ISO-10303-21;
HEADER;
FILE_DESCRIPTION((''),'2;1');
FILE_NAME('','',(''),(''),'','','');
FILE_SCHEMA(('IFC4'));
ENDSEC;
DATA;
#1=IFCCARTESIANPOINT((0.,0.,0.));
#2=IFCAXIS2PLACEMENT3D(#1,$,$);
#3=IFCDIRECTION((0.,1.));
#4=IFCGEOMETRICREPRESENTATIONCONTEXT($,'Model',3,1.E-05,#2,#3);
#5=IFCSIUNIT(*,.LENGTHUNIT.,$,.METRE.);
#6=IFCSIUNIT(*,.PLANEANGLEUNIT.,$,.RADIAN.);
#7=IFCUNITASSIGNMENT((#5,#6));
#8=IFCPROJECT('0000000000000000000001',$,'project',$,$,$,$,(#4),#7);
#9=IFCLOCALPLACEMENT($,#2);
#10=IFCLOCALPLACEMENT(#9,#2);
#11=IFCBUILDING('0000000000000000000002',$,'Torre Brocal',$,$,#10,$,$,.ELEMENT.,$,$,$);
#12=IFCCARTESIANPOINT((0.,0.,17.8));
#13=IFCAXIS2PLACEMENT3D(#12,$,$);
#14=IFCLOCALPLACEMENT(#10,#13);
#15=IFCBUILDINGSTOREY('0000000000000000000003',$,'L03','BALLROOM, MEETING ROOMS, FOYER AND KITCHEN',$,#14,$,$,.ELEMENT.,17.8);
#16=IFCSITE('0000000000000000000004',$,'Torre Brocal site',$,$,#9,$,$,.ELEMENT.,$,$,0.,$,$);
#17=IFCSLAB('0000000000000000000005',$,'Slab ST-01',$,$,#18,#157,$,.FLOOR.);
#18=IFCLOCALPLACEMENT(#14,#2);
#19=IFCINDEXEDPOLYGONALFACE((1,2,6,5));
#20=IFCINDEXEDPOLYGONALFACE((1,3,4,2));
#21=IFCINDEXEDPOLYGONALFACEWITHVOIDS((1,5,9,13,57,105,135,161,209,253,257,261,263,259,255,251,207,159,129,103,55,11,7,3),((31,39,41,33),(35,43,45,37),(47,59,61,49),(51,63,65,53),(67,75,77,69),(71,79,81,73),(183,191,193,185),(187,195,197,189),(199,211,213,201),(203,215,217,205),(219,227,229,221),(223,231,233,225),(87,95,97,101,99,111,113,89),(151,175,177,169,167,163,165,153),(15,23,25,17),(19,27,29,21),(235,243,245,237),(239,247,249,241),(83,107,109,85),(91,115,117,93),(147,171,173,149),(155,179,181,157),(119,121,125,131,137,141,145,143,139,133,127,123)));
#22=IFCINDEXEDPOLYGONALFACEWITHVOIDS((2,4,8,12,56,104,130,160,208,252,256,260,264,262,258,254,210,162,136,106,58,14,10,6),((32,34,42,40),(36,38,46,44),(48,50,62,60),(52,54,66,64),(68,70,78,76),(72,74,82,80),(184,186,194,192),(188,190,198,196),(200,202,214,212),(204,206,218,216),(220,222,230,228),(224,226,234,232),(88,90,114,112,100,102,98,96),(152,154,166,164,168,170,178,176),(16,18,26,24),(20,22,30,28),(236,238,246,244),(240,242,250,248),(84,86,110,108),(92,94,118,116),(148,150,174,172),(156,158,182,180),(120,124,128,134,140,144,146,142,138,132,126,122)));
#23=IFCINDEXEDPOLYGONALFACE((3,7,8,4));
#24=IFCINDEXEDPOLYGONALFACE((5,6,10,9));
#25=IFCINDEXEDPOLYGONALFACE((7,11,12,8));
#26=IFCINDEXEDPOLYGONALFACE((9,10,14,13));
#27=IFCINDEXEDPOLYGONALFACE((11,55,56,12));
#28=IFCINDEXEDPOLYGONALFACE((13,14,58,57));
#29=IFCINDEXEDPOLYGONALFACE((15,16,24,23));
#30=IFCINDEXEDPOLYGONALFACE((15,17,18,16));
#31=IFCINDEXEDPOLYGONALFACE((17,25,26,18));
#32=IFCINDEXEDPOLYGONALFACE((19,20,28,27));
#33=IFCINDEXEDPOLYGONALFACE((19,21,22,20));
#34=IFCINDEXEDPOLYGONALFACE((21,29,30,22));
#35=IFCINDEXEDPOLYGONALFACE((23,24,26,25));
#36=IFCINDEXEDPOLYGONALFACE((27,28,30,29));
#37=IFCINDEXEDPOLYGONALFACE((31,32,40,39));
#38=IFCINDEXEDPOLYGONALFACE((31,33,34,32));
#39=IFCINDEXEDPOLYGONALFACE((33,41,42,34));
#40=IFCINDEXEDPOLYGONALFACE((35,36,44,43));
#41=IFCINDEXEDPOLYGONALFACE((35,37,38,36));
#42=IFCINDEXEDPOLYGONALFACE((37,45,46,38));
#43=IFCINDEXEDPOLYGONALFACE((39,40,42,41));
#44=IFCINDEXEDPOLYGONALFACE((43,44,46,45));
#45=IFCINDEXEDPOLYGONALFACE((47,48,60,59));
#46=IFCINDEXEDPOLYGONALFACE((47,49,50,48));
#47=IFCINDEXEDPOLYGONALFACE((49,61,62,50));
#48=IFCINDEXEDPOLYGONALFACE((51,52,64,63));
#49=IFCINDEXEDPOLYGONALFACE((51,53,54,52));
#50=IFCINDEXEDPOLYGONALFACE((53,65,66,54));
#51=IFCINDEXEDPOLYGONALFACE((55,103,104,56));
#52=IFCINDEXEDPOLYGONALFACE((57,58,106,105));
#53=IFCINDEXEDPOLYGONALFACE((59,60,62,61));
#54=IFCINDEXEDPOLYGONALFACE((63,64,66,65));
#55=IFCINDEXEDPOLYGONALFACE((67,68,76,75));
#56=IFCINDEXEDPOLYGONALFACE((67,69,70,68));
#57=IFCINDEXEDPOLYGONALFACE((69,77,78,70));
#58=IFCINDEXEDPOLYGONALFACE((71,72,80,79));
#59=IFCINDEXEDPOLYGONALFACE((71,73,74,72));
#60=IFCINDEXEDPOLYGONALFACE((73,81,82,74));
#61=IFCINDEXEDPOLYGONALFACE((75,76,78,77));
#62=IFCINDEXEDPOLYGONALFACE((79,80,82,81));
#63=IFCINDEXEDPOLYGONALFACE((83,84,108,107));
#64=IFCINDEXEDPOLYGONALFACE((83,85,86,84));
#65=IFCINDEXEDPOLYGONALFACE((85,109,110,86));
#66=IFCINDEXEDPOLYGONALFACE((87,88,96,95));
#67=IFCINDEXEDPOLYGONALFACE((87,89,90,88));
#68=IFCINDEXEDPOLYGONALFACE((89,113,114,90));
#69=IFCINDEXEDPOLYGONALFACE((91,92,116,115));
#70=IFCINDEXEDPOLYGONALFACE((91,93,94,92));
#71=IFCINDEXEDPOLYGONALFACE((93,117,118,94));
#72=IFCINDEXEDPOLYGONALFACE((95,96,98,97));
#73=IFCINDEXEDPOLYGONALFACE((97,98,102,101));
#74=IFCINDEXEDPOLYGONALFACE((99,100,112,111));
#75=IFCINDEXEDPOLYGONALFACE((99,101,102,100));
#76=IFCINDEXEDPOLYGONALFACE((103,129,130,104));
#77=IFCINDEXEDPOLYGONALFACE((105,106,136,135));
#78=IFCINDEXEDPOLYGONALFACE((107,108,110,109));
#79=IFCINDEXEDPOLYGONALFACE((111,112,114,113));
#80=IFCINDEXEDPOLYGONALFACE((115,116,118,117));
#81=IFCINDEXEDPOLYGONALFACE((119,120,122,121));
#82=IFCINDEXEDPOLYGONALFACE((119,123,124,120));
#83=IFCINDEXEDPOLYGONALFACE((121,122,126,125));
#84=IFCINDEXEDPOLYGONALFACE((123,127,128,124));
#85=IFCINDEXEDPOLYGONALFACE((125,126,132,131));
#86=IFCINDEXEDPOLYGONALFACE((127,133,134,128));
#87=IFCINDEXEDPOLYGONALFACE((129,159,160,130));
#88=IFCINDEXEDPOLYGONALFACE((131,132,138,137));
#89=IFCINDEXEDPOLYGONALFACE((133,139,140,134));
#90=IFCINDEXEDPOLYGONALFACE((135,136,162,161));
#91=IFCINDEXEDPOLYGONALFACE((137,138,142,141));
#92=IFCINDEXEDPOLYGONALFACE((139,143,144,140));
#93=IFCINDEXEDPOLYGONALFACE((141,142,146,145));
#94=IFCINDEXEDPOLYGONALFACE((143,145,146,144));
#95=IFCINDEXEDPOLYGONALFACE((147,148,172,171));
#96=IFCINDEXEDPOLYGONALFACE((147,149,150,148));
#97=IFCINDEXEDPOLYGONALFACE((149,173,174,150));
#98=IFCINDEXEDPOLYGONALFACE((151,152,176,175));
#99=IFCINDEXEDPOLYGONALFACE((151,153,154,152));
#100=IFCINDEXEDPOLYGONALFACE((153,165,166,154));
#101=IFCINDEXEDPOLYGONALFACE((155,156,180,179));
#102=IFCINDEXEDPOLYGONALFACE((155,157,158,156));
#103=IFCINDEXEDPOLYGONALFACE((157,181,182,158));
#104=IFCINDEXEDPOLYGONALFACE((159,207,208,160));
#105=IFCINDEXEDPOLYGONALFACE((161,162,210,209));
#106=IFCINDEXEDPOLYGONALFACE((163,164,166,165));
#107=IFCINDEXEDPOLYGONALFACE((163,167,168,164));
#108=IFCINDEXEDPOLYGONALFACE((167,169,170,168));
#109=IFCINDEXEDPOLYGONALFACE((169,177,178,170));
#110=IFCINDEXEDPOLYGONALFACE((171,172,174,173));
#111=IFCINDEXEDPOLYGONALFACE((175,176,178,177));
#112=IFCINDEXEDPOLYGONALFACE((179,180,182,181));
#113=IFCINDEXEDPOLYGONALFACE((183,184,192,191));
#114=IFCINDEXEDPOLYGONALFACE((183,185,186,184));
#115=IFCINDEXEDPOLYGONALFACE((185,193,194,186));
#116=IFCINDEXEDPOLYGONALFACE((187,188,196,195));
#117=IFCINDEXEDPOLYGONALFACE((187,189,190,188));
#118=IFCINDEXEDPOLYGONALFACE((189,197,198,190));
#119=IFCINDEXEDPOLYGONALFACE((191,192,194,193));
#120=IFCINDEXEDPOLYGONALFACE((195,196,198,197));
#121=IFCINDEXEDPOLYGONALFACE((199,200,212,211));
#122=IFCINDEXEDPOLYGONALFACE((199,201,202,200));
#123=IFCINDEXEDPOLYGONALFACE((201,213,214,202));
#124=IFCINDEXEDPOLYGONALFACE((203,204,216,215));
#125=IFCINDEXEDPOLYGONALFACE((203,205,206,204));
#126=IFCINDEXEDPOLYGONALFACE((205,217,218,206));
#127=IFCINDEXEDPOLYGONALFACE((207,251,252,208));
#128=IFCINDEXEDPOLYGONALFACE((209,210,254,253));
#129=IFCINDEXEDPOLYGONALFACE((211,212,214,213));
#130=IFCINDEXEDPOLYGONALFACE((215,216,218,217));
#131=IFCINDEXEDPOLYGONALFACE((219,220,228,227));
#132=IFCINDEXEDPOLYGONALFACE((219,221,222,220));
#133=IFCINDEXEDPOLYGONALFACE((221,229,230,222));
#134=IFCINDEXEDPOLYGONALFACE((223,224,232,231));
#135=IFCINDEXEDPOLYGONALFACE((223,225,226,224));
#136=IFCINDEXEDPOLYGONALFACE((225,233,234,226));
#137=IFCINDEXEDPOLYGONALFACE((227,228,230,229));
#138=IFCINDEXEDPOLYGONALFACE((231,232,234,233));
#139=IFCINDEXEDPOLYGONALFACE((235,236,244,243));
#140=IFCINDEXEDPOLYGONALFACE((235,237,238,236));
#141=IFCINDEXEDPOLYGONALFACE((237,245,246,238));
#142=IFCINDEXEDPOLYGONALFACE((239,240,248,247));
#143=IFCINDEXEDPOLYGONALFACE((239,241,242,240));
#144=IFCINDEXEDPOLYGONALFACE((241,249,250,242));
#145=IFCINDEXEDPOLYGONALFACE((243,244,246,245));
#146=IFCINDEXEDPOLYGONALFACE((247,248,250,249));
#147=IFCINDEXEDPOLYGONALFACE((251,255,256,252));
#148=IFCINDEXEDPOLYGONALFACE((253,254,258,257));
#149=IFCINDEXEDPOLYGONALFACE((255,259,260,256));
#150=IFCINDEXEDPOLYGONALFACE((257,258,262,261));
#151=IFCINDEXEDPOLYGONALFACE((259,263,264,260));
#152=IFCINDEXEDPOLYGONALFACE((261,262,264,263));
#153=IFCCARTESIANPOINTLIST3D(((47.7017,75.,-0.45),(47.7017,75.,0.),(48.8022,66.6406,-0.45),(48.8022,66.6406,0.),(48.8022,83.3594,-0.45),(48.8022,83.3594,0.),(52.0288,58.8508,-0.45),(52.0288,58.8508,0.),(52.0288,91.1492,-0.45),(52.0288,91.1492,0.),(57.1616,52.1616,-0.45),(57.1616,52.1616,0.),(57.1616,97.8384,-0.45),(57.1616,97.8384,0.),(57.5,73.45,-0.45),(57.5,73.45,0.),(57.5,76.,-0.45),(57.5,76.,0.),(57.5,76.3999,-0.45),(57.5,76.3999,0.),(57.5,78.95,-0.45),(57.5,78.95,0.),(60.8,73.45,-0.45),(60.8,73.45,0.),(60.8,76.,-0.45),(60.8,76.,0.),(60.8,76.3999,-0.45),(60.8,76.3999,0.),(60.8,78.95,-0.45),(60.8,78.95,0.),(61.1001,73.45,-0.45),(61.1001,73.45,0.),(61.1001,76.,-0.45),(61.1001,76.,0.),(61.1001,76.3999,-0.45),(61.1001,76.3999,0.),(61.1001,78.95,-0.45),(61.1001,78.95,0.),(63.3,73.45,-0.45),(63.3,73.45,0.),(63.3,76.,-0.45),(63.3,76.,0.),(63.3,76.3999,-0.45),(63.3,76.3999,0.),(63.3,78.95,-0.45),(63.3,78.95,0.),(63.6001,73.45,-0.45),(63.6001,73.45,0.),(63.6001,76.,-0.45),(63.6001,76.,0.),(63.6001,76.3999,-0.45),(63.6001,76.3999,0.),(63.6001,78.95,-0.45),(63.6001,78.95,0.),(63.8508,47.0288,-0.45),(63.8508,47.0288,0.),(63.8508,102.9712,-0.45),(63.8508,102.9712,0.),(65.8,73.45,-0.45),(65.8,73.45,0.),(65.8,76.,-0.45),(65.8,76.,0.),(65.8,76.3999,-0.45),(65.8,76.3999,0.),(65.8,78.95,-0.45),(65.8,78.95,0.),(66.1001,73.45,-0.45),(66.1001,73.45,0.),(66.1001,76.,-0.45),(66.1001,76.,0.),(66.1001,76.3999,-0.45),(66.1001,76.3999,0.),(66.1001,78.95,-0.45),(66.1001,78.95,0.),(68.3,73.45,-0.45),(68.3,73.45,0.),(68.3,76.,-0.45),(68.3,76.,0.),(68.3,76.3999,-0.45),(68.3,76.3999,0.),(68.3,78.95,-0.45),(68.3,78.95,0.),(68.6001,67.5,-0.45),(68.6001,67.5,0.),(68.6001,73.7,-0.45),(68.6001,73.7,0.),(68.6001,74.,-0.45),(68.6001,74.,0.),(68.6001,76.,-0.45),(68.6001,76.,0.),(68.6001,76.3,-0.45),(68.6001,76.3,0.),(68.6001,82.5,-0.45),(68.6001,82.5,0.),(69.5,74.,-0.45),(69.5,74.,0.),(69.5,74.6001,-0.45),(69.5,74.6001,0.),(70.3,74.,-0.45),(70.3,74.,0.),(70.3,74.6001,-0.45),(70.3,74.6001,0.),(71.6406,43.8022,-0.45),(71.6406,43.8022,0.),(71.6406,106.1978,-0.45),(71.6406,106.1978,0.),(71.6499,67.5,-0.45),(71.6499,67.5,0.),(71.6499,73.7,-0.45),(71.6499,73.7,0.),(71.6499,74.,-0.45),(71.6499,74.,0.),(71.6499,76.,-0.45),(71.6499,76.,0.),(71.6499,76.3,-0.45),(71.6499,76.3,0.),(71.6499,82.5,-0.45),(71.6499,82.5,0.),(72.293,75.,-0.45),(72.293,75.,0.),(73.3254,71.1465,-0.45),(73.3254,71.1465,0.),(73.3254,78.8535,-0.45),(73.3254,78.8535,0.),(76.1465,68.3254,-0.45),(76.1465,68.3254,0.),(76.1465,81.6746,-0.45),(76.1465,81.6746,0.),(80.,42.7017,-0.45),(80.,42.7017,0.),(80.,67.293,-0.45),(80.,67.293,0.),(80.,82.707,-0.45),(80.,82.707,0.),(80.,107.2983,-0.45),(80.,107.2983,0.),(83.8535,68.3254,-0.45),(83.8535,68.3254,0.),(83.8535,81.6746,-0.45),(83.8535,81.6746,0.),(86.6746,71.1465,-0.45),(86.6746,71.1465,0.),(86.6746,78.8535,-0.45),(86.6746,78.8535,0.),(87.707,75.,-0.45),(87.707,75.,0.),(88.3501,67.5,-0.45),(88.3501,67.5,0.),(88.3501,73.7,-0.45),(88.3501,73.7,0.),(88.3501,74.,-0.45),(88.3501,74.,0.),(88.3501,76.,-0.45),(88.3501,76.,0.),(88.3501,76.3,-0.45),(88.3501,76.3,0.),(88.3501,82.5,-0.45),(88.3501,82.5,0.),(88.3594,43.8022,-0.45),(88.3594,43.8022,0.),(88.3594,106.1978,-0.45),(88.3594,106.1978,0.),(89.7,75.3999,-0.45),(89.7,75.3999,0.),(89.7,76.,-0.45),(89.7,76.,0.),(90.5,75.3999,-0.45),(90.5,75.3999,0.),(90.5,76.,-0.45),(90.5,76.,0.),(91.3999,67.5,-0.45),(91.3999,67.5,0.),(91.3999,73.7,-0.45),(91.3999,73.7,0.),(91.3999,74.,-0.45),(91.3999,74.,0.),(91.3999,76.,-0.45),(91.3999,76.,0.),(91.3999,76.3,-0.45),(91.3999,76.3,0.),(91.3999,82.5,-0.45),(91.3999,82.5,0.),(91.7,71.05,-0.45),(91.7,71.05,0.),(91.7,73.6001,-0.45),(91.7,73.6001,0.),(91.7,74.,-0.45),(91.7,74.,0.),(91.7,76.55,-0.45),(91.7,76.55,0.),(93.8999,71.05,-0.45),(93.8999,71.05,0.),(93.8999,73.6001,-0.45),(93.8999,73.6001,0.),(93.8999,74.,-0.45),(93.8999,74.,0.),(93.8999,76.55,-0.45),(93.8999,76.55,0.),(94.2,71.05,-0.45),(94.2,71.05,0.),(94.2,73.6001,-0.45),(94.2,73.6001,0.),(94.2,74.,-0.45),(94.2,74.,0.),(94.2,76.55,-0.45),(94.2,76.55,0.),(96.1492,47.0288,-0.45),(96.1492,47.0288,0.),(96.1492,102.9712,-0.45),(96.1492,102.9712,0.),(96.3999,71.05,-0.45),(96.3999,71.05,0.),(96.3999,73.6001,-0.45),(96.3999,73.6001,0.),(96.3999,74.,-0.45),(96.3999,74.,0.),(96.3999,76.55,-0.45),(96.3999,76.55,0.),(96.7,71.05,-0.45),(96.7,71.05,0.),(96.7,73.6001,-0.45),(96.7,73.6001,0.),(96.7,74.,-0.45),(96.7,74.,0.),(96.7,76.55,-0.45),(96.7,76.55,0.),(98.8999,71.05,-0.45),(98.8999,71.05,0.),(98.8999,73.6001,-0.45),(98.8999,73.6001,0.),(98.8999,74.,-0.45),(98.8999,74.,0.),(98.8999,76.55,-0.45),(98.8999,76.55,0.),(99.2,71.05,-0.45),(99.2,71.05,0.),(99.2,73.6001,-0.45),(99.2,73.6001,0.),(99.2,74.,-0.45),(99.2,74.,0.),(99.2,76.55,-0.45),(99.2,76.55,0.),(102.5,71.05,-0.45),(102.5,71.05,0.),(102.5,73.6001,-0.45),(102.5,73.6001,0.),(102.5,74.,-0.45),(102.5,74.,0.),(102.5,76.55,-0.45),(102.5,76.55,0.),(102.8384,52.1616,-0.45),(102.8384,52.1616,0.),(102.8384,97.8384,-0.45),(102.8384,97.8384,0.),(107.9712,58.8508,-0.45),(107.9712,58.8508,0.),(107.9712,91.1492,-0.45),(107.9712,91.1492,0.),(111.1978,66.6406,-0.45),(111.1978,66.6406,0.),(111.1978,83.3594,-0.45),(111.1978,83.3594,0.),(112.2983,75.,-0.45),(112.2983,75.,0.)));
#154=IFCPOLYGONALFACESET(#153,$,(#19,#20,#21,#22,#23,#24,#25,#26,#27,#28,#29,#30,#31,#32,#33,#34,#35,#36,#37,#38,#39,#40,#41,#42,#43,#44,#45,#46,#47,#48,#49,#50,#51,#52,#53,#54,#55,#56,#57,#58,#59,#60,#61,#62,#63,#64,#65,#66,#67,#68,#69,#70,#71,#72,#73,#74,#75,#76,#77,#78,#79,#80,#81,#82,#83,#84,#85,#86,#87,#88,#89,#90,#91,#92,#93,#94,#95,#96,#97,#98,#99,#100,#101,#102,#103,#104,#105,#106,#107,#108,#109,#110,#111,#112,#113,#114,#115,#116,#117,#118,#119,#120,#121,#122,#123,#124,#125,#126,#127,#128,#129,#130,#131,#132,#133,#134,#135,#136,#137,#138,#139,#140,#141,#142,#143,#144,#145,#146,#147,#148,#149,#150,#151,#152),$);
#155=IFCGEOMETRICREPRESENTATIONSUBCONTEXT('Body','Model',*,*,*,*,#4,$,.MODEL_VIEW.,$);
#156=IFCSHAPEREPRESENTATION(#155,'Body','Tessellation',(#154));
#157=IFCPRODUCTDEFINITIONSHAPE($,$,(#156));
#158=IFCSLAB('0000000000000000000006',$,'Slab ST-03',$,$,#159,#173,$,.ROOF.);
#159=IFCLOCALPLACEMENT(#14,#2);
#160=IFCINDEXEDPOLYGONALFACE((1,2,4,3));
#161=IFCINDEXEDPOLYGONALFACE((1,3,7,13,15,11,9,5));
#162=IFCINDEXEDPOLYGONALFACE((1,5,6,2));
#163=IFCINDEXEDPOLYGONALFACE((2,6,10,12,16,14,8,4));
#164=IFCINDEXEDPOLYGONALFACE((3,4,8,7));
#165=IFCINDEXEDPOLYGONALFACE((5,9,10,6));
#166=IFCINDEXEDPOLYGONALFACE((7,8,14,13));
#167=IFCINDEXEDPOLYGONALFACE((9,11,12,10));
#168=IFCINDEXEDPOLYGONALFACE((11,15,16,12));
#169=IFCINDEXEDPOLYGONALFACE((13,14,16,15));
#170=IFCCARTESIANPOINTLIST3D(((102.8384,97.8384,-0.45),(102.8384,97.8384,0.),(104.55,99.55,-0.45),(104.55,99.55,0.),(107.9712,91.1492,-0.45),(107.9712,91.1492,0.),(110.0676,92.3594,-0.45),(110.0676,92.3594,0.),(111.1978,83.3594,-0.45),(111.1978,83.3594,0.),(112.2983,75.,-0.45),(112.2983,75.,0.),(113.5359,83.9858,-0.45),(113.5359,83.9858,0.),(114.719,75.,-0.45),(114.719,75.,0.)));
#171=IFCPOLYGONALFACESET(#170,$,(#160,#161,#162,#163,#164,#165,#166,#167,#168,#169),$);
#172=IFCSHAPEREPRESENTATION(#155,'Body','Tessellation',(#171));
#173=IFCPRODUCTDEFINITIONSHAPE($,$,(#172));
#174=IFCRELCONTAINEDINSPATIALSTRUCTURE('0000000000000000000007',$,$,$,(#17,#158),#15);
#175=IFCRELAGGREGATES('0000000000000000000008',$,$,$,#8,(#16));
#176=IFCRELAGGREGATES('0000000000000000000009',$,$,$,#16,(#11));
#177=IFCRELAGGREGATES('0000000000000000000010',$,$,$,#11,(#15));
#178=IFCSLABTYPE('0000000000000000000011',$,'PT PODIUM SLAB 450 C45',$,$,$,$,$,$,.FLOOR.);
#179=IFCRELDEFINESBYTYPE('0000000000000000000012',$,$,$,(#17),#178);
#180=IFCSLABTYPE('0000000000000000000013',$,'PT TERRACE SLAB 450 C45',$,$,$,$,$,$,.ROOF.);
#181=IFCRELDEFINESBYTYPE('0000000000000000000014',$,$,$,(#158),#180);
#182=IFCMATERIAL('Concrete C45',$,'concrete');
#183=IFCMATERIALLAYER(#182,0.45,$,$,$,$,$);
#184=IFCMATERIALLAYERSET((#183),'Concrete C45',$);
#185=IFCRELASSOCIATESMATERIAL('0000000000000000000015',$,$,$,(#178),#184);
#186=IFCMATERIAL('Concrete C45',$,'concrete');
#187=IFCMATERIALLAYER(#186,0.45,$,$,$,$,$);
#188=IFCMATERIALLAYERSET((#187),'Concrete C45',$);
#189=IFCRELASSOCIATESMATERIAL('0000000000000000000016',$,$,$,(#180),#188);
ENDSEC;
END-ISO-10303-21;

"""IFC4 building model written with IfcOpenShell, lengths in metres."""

from ifc_helpers import new_model, si_unit, direction, frame, origin, place, context, subcontext, project, spatial, polyline, outline, extrude, material, layer, layer_set, type_object, element, save


model = new_model("IFC4")

# Units and contexts
model_context = context("Model", 3, precision=1e-05, world=origin(), true_north=direction((0.0, 1.0)))
body_context = subcontext(model_context, "Body", "Model", "MODEL_VIEW")
ifc_project = project(units=[si_unit("LENGTHUNIT", "METRE"), si_unit("PLANEANGLEUNIT", "RADIAN")], contexts=[model_context])

# Site, building, storey
site_placement = place(None, origin())
site = spatial("IfcSite", under=ifc_project, at=site_placement, Name="Torre Brocal site", CompositionType="ELEMENT", RefElevation=0.0)
building_placement = place(site_placement, origin())
building = spatial("IfcBuilding", under=site, at=building_placement, Name="Torre Brocal", CompositionType="ELEMENT")
storey_placement = place(building_placement, frame((0.0, 0.0, 17.8)))
storey = spatial("IfcBuildingStorey", under=building, at=storey_placement, Name="L03", Description="BALLROOM, MEETING ROOMS, FOYER AND KITCHEN", CompositionType="ELEMENT", Elevation=17.8)

# Slabs
ifc_material_1 = material(Name="Concrete C45", Category="concrete")
ifc_layer_1 = layer(ifc_material_1, 0.45)
ifc_layer_set_1 = layer_set([ifc_layer_1], Name="Concrete C45")
slab_type_1 = type_object("IfcSlabType", Name="PT PODIUM SLAB 450 C45", PredefinedType="FLOOR", material=ifc_layer_set_1)
slab_1_placement = place(storey_placement, frame((0.0, 0.0, -0.45)))
element("IfcSlab", 1, at=slab_1_placement, inside=storey, type_object=slab_type_1, Name="Slab ST-01", PredefinedType="FLOOR", context=body_context, shape_type="SweptSolid", body=[
    extrude(outline(polyline([(102.8384, 52.1616), (96.1492, 47.0288), (88.3594, 43.8022), (80.0, 42.7017), (71.6406, 43.8022), (63.8508, 47.0288), (57.1616, 52.1616), (52.0288, 58.8508), (48.8022, 66.6406), (47.7017, 75.0), (48.8022, 83.3594), (52.0288, 91.1492), (57.1616, 97.8384), (63.8508, 102.9712), (71.6406, 106.1978), (80.0, 107.2983), (88.3594, 106.1978), (96.1492, 102.9712), (102.8384, 97.8384), (107.9712, 91.1492), (111.1978, 83.3594), (112.2983, 75.0), (111.1978, 66.6406), (107.9712, 58.8508), (102.8384, 52.1616)]), holes=[polyline([(102.5, 74.0), (102.5, 76.55), (99.2, 76.55), (99.2, 74.0), (102.5, 74.0)]), polyline([(102.5, 71.05), (102.5, 73.6001), (99.2, 73.6001), (99.2, 71.05), (102.5, 71.05)]), polyline([(98.8999, 76.55), (96.7, 76.55), (96.7, 74.0), (98.8999, 74.0), (98.8999, 76.55)]), polyline([(98.8999, 71.05), (98.8999, 73.6001), (96.7, 73.6001), (96.7, 71.05), (98.8999, 71.05)]), polyline([(96.3999, 73.6001), (94.2, 73.6001), (94.2, 71.05), (96.3999, 71.05), (96.3999, 73.6001)]), polyline([(96.3999, 74.0), (96.3999, 76.55), (94.2, 76.55), (94.2, 74.0), (96.3999, 74.0)]), polyline([(93.8999, 73.6001), (91.7, 73.6001), (91.7, 71.05), (93.8999, 71.05), (93.8999, 73.6001)]), polyline([(93.8999, 74.0), (93.8999, 76.55), (91.7, 76.55), (91.7, 74.0), (93.8999, 74.0)]), polyline([(91.3999, 76.3), (91.3999, 82.5), (88.3501, 82.5), (88.3501, 76.3), (91.3999, 76.3)]), polyline([(91.3999, 73.7), (88.3501, 73.7), (88.3501, 67.5), (91.3999, 67.5), (91.3999, 73.7)]), polyline([(89.7, 76.0), (88.3501, 76.0), (88.3501, 74.0), (91.3999, 74.0), (91.3999, 76.0), (90.5, 76.0), (90.5, 75.3999), (89.7, 75.3999), (89.7, 76.0)]), polyline([(80.0, 82.707), (76.1465, 81.6746), (73.3254, 78.8535), (72.293, 75.0), (73.3254, 71.1465), (76.1465, 68.3254), (80.0, 67.293), (83.8535, 68.3254), (86.6746, 71.1465), (87.707, 75.0), (86.6746, 78.8535), (83.8535, 81.6746), (80.0, 82.707)]), polyline([(68.6001, 82.5), (68.6001, 76.3), (71.6499, 76.3), (71.6499, 82.5), (68.6001, 82.5)]), polyline([(70.3, 74.0), (71.6499, 74.0), (71.6499, 76.0), (68.6001, 76.0), (68.6001, 74.0), (69.5, 74.0), (69.5, 74.6001), (70.3, 74.6001), (70.3, 74.0)]), polyline([(68.6001, 67.5), (71.6499, 67.5), (71.6499, 73.7), (68.6001, 73.7), (68.6001, 67.5)]), polyline([(66.1001, 78.95), (66.1001, 76.3999), (68.3, 76.3999), (68.3, 78.95), (66.1001, 78.95)]), polyline([(66.1001, 76.0), (66.1001, 73.45), (68.3, 73.45), (68.3, 76.0), (66.1001, 76.0)]), polyline([(63.6001, 76.0), (63.6001, 73.45), (65.8, 73.45), (65.8, 76.0), (63.6001, 76.0)]), polyline([(63.6001, 76.3999), (65.8, 76.3999), (65.8, 78.95), (63.6001, 78.95), (63.6001, 76.3999)]), polyline([(61.1001, 78.95), (61.1001, 76.3999), (63.3, 76.3999), (63.3, 78.95), (61.1001, 78.95)]), polyline([(61.1001, 73.45), (63.3, 73.45), (63.3, 76.0), (61.1001, 76.0), (61.1001, 73.45)]), polyline([(57.5, 73.45), (60.8, 73.45), (60.8, 76.0), (57.5, 76.0), (57.5, 73.45)]), polyline([(57.5, 78.95), (57.5, 76.3999), (60.8, 76.3999), (60.8, 78.95), (57.5, 78.95)])]), origin(), (0.0, 0.0, 1.0), 0.45),
])
ifc_material_2 = material(Name="Concrete C45", Category="concrete")
ifc_layer_2 = layer(ifc_material_2, 0.45)
ifc_layer_set_2 = layer_set([ifc_layer_2], Name="Concrete C45")
slab_type_2 = type_object("IfcSlabType", Name="PT TERRACE SLAB 450 C45", PredefinedType="ROOF", material=ifc_layer_set_2)
slab_2_placement = place(storey_placement, frame((0.0, 0.0, -0.45)))
element("IfcSlab", 2, at=slab_2_placement, inside=storey, type_object=slab_type_2, Name="Slab ST-03", PredefinedType="ROOF", context=body_context, shape_type="SweptSolid", body=[
    extrude(outline(polyline([(111.1978, 83.3594), (107.9712, 91.1492), (102.8384, 97.8384), (104.55, 99.55), (110.0676, 92.3594), (113.5359, 83.9858), (114.719, 75.0), (112.2983, 75.0), (111.1978, 83.3594)])), origin(), (0.0, 0.0, 1.0), 0.45),
])

save(model, "model.ifc")
